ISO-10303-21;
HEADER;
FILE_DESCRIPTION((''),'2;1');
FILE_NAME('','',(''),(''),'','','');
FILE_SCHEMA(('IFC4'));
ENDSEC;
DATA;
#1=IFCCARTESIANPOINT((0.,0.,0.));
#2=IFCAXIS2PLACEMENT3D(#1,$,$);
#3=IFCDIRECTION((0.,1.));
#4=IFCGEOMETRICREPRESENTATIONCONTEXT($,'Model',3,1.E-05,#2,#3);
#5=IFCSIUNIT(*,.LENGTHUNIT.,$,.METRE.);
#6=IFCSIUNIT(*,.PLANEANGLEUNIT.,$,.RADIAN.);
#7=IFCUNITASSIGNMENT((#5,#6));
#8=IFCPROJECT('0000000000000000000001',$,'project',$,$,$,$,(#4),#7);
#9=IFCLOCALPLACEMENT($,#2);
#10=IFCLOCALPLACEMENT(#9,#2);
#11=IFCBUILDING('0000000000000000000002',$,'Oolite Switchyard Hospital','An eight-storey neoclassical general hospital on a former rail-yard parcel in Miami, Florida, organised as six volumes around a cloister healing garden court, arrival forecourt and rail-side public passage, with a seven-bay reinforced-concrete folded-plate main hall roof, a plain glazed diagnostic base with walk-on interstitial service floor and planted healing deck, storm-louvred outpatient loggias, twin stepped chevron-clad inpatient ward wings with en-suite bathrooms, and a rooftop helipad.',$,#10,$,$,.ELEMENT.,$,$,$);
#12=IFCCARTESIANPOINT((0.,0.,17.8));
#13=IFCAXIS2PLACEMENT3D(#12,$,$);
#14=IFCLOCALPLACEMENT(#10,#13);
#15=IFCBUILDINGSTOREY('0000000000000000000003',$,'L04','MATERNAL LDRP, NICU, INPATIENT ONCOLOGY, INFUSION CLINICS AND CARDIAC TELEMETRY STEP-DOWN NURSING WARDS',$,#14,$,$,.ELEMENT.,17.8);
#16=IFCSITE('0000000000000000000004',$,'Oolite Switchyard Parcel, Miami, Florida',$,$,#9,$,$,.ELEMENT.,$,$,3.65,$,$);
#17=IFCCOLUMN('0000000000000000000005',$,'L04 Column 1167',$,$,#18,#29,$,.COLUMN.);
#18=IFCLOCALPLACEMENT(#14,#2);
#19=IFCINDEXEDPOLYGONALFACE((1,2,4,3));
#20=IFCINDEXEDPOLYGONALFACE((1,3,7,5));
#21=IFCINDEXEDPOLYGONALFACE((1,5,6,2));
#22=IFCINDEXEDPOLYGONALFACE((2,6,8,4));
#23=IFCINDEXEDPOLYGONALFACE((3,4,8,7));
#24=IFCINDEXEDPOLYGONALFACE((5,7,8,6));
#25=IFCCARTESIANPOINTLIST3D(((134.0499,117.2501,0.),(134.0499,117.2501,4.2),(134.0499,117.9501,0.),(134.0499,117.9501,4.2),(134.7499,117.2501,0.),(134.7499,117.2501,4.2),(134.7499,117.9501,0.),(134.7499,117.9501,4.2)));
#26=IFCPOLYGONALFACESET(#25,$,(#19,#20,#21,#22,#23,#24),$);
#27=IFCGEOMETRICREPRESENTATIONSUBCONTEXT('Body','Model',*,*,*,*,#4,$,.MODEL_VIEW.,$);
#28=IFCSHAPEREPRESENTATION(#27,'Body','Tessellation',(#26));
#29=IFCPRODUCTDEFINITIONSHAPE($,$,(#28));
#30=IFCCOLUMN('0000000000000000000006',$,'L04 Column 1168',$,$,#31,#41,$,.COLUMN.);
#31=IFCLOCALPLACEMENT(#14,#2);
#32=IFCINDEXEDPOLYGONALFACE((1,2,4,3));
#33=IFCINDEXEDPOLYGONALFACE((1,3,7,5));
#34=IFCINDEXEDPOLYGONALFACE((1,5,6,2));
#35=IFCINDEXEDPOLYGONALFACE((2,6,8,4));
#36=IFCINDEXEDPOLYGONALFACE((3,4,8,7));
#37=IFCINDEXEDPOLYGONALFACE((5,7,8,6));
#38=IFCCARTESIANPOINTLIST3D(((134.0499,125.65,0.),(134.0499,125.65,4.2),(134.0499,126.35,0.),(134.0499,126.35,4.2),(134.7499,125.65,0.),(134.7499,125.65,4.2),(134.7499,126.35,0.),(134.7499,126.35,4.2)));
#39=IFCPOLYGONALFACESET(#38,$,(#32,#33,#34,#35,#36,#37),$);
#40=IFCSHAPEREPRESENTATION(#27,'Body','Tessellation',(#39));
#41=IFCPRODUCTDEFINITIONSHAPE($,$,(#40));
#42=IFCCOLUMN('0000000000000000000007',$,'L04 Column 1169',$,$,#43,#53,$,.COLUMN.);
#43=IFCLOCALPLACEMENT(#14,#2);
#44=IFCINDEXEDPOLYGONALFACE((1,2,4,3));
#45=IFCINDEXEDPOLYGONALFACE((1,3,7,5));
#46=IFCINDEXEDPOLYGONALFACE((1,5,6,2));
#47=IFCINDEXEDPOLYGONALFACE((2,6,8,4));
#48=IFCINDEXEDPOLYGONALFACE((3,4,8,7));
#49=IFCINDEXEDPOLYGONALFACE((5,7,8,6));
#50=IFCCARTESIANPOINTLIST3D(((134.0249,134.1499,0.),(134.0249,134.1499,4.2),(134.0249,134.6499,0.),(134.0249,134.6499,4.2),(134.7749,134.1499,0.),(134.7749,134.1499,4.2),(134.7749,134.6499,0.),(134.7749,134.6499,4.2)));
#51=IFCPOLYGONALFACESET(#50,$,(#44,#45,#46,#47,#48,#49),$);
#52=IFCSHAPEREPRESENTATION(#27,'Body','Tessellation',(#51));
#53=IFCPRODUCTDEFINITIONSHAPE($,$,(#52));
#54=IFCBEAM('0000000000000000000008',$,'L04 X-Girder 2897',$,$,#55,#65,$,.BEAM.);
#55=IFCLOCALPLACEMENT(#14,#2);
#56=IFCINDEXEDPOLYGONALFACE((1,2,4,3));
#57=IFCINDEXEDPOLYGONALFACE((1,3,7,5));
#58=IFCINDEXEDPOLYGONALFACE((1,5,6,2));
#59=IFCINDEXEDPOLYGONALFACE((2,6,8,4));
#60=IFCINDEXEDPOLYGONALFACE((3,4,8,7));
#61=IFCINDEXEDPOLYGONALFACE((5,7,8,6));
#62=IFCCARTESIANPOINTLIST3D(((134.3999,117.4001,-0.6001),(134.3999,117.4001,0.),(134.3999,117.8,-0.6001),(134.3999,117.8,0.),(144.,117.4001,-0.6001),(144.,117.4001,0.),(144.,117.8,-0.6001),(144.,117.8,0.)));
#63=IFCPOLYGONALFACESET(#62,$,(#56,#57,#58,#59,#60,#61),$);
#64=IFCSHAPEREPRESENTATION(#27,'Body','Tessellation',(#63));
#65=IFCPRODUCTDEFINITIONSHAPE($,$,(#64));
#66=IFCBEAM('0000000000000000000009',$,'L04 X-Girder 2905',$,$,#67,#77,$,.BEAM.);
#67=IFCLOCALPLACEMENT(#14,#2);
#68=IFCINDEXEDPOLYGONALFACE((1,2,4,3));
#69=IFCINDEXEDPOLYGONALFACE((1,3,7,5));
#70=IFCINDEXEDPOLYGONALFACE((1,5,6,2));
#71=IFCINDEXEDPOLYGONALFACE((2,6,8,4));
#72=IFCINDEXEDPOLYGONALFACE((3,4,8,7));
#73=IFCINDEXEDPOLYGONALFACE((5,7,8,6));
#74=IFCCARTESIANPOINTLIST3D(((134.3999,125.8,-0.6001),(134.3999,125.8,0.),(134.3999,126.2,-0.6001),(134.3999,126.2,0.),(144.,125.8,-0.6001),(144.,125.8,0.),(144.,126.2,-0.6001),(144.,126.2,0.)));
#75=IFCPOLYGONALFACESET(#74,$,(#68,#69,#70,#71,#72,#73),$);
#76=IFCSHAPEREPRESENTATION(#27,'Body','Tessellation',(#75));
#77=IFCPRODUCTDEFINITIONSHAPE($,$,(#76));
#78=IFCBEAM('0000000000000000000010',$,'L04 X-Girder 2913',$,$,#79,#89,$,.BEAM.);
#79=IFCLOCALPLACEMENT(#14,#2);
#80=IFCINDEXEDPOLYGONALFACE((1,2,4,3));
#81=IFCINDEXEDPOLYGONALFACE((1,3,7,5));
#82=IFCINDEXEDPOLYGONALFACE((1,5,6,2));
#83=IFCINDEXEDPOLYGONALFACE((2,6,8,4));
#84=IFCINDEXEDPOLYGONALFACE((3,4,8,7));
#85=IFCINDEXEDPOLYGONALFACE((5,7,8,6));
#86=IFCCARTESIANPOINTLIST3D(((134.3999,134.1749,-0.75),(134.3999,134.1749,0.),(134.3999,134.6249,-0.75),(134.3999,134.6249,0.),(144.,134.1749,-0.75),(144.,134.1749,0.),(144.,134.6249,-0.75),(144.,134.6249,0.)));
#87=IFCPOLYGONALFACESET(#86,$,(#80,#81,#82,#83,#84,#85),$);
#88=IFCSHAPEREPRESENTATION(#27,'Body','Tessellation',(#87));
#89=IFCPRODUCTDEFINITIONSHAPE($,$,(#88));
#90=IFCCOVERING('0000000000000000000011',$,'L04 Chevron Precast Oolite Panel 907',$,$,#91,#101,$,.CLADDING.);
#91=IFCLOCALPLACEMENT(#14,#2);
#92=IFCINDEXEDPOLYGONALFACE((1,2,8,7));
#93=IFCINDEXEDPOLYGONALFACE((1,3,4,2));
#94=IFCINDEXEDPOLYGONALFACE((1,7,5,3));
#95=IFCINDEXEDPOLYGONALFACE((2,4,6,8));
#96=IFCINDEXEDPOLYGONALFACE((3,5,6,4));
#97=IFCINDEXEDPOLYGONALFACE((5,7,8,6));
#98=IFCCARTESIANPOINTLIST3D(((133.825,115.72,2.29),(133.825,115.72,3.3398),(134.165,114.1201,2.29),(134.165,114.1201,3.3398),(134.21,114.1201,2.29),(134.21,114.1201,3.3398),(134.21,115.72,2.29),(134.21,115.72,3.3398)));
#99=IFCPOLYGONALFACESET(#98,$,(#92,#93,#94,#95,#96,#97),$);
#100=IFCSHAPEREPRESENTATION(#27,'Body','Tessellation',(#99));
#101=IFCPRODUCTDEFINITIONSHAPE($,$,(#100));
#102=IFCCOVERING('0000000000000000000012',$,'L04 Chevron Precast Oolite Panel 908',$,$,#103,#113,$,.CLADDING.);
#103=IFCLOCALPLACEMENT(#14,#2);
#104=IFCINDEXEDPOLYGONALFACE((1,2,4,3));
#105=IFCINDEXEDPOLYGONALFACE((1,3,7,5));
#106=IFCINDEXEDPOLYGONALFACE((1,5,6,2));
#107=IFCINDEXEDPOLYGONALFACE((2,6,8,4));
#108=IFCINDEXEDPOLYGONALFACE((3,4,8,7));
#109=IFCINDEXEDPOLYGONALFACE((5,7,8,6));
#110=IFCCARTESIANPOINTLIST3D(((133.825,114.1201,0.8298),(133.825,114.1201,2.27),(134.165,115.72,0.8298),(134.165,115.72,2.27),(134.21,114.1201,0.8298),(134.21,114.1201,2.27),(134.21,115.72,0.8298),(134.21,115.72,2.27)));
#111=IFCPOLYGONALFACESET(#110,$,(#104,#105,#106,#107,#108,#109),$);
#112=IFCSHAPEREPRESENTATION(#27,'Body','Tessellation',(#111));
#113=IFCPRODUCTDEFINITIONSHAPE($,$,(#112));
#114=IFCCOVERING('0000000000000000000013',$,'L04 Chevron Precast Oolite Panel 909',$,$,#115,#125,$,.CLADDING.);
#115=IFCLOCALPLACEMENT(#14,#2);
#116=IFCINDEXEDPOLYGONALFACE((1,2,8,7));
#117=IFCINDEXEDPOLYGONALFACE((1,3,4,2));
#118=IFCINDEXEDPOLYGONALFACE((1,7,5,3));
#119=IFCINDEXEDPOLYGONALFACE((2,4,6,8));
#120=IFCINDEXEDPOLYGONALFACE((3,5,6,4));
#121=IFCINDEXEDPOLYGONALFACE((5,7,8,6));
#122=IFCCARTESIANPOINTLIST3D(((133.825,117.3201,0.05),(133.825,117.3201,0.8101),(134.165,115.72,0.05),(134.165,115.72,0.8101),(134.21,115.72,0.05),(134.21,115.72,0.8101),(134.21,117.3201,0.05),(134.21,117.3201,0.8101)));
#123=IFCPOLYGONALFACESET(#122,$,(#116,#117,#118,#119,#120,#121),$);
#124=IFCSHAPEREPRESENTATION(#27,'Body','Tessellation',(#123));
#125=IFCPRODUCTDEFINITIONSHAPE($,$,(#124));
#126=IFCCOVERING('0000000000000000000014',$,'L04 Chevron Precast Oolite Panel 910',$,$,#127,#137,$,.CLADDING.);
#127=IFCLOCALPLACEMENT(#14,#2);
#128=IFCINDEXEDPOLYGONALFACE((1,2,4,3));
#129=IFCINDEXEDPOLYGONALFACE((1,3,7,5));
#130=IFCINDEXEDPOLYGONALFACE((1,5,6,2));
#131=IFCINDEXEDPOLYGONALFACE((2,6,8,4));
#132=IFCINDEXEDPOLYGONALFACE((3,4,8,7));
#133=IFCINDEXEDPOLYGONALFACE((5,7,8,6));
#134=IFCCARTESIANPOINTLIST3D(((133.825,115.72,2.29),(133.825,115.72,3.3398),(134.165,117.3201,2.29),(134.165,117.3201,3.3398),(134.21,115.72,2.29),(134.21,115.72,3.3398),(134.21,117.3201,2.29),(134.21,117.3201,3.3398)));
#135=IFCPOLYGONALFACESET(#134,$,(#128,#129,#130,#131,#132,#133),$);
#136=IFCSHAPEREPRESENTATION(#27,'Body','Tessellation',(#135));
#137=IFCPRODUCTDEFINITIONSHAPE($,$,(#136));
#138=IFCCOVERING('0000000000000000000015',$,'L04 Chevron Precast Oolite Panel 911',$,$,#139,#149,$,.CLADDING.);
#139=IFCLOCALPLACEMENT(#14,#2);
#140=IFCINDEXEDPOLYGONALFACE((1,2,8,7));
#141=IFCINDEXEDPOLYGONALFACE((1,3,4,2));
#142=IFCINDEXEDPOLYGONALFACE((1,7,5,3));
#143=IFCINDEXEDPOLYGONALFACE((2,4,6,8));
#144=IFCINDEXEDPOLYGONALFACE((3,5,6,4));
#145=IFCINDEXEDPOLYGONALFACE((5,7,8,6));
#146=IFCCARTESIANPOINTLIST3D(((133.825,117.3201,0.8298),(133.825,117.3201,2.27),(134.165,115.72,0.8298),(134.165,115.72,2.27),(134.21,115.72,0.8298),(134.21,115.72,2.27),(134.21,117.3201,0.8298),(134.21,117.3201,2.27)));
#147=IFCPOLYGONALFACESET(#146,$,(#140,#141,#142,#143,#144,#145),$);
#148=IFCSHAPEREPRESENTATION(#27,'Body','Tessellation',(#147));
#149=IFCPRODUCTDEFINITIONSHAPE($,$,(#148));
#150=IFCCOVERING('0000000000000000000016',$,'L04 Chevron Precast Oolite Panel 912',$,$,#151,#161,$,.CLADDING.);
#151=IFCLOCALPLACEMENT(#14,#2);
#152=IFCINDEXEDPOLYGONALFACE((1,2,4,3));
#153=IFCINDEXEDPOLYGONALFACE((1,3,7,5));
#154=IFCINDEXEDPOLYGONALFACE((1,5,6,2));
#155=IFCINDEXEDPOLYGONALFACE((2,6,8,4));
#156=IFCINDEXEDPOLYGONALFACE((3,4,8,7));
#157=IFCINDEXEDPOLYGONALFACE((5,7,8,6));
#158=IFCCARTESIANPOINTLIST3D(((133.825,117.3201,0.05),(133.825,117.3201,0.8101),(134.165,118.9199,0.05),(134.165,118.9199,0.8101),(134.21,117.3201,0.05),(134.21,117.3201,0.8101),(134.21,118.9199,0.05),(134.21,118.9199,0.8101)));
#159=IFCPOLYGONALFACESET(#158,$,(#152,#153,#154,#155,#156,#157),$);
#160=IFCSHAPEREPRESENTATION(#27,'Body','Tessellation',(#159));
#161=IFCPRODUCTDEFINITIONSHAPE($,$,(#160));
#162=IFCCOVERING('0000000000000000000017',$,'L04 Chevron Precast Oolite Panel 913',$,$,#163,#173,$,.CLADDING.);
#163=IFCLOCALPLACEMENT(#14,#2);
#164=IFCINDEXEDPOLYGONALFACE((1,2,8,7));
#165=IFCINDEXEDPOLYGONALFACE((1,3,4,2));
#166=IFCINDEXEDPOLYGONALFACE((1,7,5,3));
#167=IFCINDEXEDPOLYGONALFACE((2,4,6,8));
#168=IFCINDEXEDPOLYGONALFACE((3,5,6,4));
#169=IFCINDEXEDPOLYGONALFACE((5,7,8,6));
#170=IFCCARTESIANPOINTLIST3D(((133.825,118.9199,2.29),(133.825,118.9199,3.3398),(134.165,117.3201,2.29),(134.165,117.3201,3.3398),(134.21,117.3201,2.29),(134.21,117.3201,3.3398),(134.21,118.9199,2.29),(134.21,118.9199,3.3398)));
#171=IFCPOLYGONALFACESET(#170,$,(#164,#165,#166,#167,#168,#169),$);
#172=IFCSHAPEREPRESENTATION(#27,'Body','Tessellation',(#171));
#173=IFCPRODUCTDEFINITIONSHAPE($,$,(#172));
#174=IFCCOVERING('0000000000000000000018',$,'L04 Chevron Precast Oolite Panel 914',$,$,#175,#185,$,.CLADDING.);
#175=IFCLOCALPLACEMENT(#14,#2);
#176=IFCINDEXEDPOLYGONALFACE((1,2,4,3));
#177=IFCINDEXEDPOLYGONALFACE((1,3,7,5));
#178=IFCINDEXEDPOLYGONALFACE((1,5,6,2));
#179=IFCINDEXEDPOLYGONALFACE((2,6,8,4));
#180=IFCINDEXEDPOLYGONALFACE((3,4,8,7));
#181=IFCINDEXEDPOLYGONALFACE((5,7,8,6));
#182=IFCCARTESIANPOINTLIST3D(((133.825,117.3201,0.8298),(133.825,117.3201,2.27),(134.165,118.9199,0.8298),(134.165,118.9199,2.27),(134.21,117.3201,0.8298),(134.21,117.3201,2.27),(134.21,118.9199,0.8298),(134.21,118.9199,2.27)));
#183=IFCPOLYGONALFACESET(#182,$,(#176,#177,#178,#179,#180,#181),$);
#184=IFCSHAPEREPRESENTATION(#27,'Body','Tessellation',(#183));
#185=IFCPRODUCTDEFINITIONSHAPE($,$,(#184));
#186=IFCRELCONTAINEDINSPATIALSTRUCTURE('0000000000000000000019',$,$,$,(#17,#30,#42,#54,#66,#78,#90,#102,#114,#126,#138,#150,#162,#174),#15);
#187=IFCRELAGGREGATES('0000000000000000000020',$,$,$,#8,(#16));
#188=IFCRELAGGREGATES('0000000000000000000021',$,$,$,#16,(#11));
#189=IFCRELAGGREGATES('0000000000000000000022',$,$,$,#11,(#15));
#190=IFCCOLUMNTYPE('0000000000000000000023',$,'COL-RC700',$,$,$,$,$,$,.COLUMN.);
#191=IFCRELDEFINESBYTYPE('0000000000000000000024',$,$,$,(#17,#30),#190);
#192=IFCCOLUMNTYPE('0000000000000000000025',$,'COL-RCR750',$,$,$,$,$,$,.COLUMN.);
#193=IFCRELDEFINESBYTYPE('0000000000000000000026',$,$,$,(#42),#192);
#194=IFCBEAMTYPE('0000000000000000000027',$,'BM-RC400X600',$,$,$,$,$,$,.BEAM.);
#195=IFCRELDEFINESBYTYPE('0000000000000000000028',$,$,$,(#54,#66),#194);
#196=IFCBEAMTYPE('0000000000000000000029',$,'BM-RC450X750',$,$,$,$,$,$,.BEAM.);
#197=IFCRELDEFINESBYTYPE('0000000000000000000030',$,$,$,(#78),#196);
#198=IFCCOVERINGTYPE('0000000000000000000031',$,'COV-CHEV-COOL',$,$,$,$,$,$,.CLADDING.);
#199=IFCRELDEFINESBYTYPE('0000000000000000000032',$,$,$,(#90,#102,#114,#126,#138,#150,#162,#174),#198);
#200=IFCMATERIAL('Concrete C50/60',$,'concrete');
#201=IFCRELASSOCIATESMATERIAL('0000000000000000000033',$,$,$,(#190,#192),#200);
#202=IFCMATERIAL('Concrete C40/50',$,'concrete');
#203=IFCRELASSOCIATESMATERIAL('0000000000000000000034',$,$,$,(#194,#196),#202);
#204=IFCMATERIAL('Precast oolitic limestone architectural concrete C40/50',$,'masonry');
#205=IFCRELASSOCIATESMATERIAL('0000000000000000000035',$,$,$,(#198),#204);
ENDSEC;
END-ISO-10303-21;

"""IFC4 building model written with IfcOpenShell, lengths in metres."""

from ifc_helpers import new_model, si_unit, direction, frame, origin, origin_2d, place, context, subcontext, project, spatial, polyline, rectangle, outline, extrude, material, material_profile, profile_set, type_object, element, save


model = new_model("IFC4")

# Units and contexts
model_context = context("Model", 3, precision=1e-05, world=origin(), true_north=direction((0.0, 1.0)))
body_context = subcontext(model_context, "Body", "Model", "MODEL_VIEW")
ifc_project = project(units=[si_unit("LENGTHUNIT", "METRE"), si_unit("PLANEANGLEUNIT", "RADIAN")], contexts=[model_context])

# Site, building, storey
site_placement = place(None, origin())
site = spatial("IfcSite", under=ifc_project, at=site_placement, Name="Oolite Switchyard Parcel, Miami, Florida", CompositionType="ELEMENT", RefElevation=3.65)
building_placement = place(site_placement, origin())
building = spatial("IfcBuilding", under=site, at=building_placement, Name="Oolite Switchyard Hospital", Description="An eight-storey neoclassical general hospital on a former rail-yard parcel in Miami, Florida, organised as six volumes around a cloister healing garden court, arrival forecourt and rail-side public passage, with a seven-bay reinforced-concrete folded-plate main hall roof, a plain glazed diagnostic base with walk-on interstitial service floor and planted healing deck, storm-louvred outpatient loggias, twin stepped chevron-clad inpatient ward wings with en-suite bathrooms, and a rooftop helipad.", CompositionType="ELEMENT")
storey_placement = place(building_placement, frame((0.0, 0.0, 17.8)))
storey = spatial("IfcBuildingStorey", under=building, at=storey_placement, Name="L04", Description="MATERNAL LDRP, NICU, INPATIENT ONCOLOGY, INFUSION CLINICS AND CARDIAC TELEMETRY STEP-DOWN NURSING WARDS", CompositionType="ELEMENT", Elevation=17.8)

# Columns
ifc_material_1 = material(Name="Concrete C50/60", Category="concrete")
ifc_material_profile_1 = material_profile(ifc_material_1, rectangle(XDim=0.7, YDim=0.7, at=origin_2d()), Name="RC700X700")
ifc_profile_set_1 = profile_set([ifc_material_profile_1], Name="Concrete C50/60")
column_type_1 = type_object("IfcColumnType", Name="COL-RC700", PredefinedType="COLUMN", material=ifc_profile_set_1)
for number, where, z_axis, x_axis, name in (
    (1, (134.3999, 117.6001, 0.0), (0.0, 0.0, 1.0), (1.0, 0.0, 0.0), "L04 Column 1167"),
    (2, (134.3999, 126.0, 0.0), (0.0, 0.0, 1.0), (1.0, 0.0, 0.0), "L04 Column 1168"),
):
    element("IfcColumn", number, at=place(storey_placement, frame(where, z_axis=z_axis, x_axis=x_axis)), inside=storey, type_object=column_type_1, Name=name, PredefinedType="COLUMN", context=body_context, shape_type="SweptSolid", body=[
        extrude(rectangle(XDim=0.7, YDim=0.7, at=origin_2d()), origin(), (0.0, 0.0, 1.0), 4.2),
    ])
ifc_material_profile_2 = material_profile(ifc_material_1, rectangle(XDim=0.75, YDim=0.5, at=origin_2d()), Name="RC750X500")
ifc_profile_set_2 = profile_set([ifc_material_profile_2], Name="Concrete C50/60")
column_type_2 = type_object("IfcColumnType", Name="COL-RCR750", PredefinedType="COLUMN", material=ifc_profile_set_2)
column_placement = place(storey_placement, frame((134.3999, 134.3999, 0.0), z_axis=(0.0, 0.0, 1.0), x_axis=(1.0, 0.0, 0.0)))
element("IfcColumn", 3, at=column_placement, inside=storey, type_object=column_type_2, Name="L04 Column 1169", PredefinedType="COLUMN", context=body_context, shape_type="SweptSolid", body=[
    extrude(rectangle(XDim=0.75, YDim=0.5, at=origin_2d()), origin(), (0.0, 0.0, 1.0), 4.2),
])

# Beams
ifc_material_2 = material(Name="Concrete C40/50", Category="concrete")
ifc_material_profile_3 = material_profile(ifc_material_2, rectangle(XDim=0.3999, YDim=0.6001, at=origin_2d()), Name="RCB400X600")
ifc_profile_set_3 = profile_set([ifc_material_profile_3], Name="Concrete C40/50")
beam_type_1 = type_object("IfcBeamType", Name="BM-RC400X600", PredefinedType="BEAM", material=ifc_profile_set_3)
for number, where, z_axis, x_axis, name in (
    (4, (134.3999, 117.6001, -0.3), (1.0, 0.0, 0.0), (0.0, 1.0, 0.0), "L04 X-Girder 2897"),
    (5, (134.3999, 126.0, -0.3), (1.0, 0.0, 0.0), (0.0, 1.0, 0.0), "L04 X-Girder 2905"),
):
    element("IfcBeam", number, at=place(storey_placement, frame(where, z_axis=z_axis, x_axis=x_axis)), inside=storey, type_object=beam_type_1, Name=name, PredefinedType="BEAM", context=body_context, shape_type="SweptSolid", body=[
        extrude(rectangle(XDim=0.3999, YDim=0.6001, at=origin_2d()), origin(), (0.0, 0.0, 1.0), 9.6001),
    ])
ifc_material_profile_4 = material_profile(ifc_material_2, rectangle(XDim=0.45, YDim=0.75, at=origin_2d()), Name="RCB450X750")
ifc_profile_set_4 = profile_set([ifc_material_profile_4], Name="Concrete C40/50")
beam_type_2 = type_object("IfcBeamType", Name="BM-RC450X750", PredefinedType="BEAM", material=ifc_profile_set_4)
beam_placement = place(storey_placement, frame((134.3999, 134.3999, -0.375), z_axis=(1.0, 0.0, 0.0), x_axis=(0.0, 1.0, 0.0)))
element("IfcBeam", 6, at=beam_placement, inside=storey, type_object=beam_type_2, Name="L04 X-Girder 2913", PredefinedType="BEAM", context=body_context, shape_type="SweptSolid", body=[
    extrude(rectangle(XDim=0.45, YDim=0.75, at=origin_2d()), origin(), (0.0, 0.0, 1.0), 9.6001),
])

# Coverings
ifc_material_3 = material(Name="Precast oolitic limestone architectural concrete C40/50", Category="masonry")
covering_type = type_object("IfcCoveringType", Name="COV-CHEV-COOL", PredefinedType="CLADDING", material=ifc_material_3)
covering_1_placement = place(storey_placement, frame((134.21, 114.1201, 2.29), z_axis=(0.0, 0.0, 1.0), x_axis=(0.0, 1.0, 0.0)))
element("IfcCovering", 7, at=covering_1_placement, inside=storey, type_object=covering_type, Name="L04 Chevron Precast Oolite Panel 907", PredefinedType="CLADDING", context=body_context, shape_type="SweptSolid", body=[
    extrude(outline(polyline([(0.0, 0.0), (1.5999, 0.0), (1.5999, 0.385), (0.0, 0.0449), (0.0, 0.0)])), origin(), (0.0, 0.0, 1.0), 1.0498),
])
covering_2_placement = place(storey_placement, frame((134.21, 114.1201, 0.8298), z_axis=(0.0, 0.0, 1.0), x_axis=(0.0, 1.0, 0.0)))
element("IfcCovering", 8, at=covering_2_placement, inside=storey, type_object=covering_type, Name="L04 Chevron Precast Oolite Panel 908", PredefinedType="CLADDING", context=body_context, shape_type="SweptSolid", body=[
    extrude(outline(polyline([(0.0, 0.0), (1.5999, 0.0), (1.5999, 0.0449), (0.0, 0.385), (0.0, 0.0)])), origin(), (0.0, 0.0, 1.0), 1.4402),
])
covering_3_placement = place(storey_placement, frame((134.21, 115.72, 0.05), z_axis=(0.0, 0.0, 1.0), x_axis=(0.0, 1.0, 0.0)))
element("IfcCovering", 9, at=covering_3_placement, inside=storey, type_object=covering_type, Name="L04 Chevron Precast Oolite Panel 909", PredefinedType="CLADDING", context=body_context, shape_type="SweptSolid", body=[
    extrude(outline(polyline([(0.0, 0.0), (1.6001, 0.0), (1.6001, 0.385), (0.0, 0.0449), (0.0, 0.0)])), origin(), (0.0, 0.0, 1.0), 0.76),
])
covering_4_placement = place(storey_placement, frame((134.21, 115.72, 2.29), z_axis=(0.0, 0.0, 1.0), x_axis=(0.0, 1.0, 0.0)))
element("IfcCovering", 10, at=covering_4_placement, inside=storey, type_object=covering_type, Name="L04 Chevron Precast Oolite Panel 910", PredefinedType="CLADDING", context=body_context, shape_type="SweptSolid", body=[
    extrude(outline(polyline([(0.0, 0.0), (1.6001, 0.0), (1.6001, 0.0449), (0.0, 0.385), (0.0, 0.0)])), origin(), (0.0, 0.0, 1.0), 1.0498),
])
covering_5_placement = place(storey_placement, frame((134.21, 115.72, 0.8298), z_axis=(0.0, 0.0, 1.0), x_axis=(0.0, 1.0, 0.0)))
element("IfcCovering", 11, at=covering_5_placement, inside=storey, type_object=covering_type, Name="L04 Chevron Precast Oolite Panel 911", PredefinedType="CLADDING", context=body_context, shape_type="SweptSolid", body=[
    extrude(outline(polyline([(0.0, 0.0), (1.6001, 0.0), (1.6001, 0.385), (0.0, 0.0449), (0.0, 0.0)])), origin(), (0.0, 0.0, 1.0), 1.4402),
])
covering_6_placement = place(storey_placement, frame((134.21, 117.3201, 0.05), z_axis=(0.0, 0.0, 1.0), x_axis=(0.0, 1.0, 0.0)))
element("IfcCovering", 12, at=covering_6_placement, inside=storey, type_object=covering_type, Name="L04 Chevron Precast Oolite Panel 912", PredefinedType="CLADDING", context=body_context, shape_type="SweptSolid", body=[
    extrude(outline(polyline([(0.0, 0.0), (1.5999, 0.0), (1.5999, 0.0449), (0.0, 0.385), (0.0, 0.0)])), origin(), (0.0, 0.0, 1.0), 0.76),
])
covering_7_placement = place(storey_placement, frame((134.21, 117.3201, 2.29), z_axis=(0.0, 0.0, 1.0), x_axis=(0.0, 1.0, 0.0)))
element("IfcCovering", 13, at=covering_7_placement, inside=storey, type_object=covering_type, Name="L04 Chevron Precast Oolite Panel 913", PredefinedType="CLADDING", context=body_context, shape_type="SweptSolid", body=[
    extrude(outline(polyline([(0.0, 0.0), (1.5999, 0.0), (1.5999, 0.385), (0.0, 0.0449), (0.0, 0.0)])), origin(), (0.0, 0.0, 1.0), 1.0498),
])
covering_8_placement = place(storey_placement, frame((134.21, 117.3201, 0.8298), z_axis=(0.0, 0.0, 1.0), x_axis=(0.0, 1.0, 0.0)))
element("IfcCovering", 14, at=covering_8_placement, inside=storey, type_object=covering_type, Name="L04 Chevron Precast Oolite Panel 914", PredefinedType="CLADDING", context=body_context, shape_type="SweptSolid", body=[
    extrude(outline(polyline([(0.0, 0.0), (1.5999, 0.0), (1.5999, 0.0449), (0.0, 0.385), (0.0, 0.0)])), origin(), (0.0, 0.0, 1.0), 1.4402),
])

save(model, "model.ifc")
